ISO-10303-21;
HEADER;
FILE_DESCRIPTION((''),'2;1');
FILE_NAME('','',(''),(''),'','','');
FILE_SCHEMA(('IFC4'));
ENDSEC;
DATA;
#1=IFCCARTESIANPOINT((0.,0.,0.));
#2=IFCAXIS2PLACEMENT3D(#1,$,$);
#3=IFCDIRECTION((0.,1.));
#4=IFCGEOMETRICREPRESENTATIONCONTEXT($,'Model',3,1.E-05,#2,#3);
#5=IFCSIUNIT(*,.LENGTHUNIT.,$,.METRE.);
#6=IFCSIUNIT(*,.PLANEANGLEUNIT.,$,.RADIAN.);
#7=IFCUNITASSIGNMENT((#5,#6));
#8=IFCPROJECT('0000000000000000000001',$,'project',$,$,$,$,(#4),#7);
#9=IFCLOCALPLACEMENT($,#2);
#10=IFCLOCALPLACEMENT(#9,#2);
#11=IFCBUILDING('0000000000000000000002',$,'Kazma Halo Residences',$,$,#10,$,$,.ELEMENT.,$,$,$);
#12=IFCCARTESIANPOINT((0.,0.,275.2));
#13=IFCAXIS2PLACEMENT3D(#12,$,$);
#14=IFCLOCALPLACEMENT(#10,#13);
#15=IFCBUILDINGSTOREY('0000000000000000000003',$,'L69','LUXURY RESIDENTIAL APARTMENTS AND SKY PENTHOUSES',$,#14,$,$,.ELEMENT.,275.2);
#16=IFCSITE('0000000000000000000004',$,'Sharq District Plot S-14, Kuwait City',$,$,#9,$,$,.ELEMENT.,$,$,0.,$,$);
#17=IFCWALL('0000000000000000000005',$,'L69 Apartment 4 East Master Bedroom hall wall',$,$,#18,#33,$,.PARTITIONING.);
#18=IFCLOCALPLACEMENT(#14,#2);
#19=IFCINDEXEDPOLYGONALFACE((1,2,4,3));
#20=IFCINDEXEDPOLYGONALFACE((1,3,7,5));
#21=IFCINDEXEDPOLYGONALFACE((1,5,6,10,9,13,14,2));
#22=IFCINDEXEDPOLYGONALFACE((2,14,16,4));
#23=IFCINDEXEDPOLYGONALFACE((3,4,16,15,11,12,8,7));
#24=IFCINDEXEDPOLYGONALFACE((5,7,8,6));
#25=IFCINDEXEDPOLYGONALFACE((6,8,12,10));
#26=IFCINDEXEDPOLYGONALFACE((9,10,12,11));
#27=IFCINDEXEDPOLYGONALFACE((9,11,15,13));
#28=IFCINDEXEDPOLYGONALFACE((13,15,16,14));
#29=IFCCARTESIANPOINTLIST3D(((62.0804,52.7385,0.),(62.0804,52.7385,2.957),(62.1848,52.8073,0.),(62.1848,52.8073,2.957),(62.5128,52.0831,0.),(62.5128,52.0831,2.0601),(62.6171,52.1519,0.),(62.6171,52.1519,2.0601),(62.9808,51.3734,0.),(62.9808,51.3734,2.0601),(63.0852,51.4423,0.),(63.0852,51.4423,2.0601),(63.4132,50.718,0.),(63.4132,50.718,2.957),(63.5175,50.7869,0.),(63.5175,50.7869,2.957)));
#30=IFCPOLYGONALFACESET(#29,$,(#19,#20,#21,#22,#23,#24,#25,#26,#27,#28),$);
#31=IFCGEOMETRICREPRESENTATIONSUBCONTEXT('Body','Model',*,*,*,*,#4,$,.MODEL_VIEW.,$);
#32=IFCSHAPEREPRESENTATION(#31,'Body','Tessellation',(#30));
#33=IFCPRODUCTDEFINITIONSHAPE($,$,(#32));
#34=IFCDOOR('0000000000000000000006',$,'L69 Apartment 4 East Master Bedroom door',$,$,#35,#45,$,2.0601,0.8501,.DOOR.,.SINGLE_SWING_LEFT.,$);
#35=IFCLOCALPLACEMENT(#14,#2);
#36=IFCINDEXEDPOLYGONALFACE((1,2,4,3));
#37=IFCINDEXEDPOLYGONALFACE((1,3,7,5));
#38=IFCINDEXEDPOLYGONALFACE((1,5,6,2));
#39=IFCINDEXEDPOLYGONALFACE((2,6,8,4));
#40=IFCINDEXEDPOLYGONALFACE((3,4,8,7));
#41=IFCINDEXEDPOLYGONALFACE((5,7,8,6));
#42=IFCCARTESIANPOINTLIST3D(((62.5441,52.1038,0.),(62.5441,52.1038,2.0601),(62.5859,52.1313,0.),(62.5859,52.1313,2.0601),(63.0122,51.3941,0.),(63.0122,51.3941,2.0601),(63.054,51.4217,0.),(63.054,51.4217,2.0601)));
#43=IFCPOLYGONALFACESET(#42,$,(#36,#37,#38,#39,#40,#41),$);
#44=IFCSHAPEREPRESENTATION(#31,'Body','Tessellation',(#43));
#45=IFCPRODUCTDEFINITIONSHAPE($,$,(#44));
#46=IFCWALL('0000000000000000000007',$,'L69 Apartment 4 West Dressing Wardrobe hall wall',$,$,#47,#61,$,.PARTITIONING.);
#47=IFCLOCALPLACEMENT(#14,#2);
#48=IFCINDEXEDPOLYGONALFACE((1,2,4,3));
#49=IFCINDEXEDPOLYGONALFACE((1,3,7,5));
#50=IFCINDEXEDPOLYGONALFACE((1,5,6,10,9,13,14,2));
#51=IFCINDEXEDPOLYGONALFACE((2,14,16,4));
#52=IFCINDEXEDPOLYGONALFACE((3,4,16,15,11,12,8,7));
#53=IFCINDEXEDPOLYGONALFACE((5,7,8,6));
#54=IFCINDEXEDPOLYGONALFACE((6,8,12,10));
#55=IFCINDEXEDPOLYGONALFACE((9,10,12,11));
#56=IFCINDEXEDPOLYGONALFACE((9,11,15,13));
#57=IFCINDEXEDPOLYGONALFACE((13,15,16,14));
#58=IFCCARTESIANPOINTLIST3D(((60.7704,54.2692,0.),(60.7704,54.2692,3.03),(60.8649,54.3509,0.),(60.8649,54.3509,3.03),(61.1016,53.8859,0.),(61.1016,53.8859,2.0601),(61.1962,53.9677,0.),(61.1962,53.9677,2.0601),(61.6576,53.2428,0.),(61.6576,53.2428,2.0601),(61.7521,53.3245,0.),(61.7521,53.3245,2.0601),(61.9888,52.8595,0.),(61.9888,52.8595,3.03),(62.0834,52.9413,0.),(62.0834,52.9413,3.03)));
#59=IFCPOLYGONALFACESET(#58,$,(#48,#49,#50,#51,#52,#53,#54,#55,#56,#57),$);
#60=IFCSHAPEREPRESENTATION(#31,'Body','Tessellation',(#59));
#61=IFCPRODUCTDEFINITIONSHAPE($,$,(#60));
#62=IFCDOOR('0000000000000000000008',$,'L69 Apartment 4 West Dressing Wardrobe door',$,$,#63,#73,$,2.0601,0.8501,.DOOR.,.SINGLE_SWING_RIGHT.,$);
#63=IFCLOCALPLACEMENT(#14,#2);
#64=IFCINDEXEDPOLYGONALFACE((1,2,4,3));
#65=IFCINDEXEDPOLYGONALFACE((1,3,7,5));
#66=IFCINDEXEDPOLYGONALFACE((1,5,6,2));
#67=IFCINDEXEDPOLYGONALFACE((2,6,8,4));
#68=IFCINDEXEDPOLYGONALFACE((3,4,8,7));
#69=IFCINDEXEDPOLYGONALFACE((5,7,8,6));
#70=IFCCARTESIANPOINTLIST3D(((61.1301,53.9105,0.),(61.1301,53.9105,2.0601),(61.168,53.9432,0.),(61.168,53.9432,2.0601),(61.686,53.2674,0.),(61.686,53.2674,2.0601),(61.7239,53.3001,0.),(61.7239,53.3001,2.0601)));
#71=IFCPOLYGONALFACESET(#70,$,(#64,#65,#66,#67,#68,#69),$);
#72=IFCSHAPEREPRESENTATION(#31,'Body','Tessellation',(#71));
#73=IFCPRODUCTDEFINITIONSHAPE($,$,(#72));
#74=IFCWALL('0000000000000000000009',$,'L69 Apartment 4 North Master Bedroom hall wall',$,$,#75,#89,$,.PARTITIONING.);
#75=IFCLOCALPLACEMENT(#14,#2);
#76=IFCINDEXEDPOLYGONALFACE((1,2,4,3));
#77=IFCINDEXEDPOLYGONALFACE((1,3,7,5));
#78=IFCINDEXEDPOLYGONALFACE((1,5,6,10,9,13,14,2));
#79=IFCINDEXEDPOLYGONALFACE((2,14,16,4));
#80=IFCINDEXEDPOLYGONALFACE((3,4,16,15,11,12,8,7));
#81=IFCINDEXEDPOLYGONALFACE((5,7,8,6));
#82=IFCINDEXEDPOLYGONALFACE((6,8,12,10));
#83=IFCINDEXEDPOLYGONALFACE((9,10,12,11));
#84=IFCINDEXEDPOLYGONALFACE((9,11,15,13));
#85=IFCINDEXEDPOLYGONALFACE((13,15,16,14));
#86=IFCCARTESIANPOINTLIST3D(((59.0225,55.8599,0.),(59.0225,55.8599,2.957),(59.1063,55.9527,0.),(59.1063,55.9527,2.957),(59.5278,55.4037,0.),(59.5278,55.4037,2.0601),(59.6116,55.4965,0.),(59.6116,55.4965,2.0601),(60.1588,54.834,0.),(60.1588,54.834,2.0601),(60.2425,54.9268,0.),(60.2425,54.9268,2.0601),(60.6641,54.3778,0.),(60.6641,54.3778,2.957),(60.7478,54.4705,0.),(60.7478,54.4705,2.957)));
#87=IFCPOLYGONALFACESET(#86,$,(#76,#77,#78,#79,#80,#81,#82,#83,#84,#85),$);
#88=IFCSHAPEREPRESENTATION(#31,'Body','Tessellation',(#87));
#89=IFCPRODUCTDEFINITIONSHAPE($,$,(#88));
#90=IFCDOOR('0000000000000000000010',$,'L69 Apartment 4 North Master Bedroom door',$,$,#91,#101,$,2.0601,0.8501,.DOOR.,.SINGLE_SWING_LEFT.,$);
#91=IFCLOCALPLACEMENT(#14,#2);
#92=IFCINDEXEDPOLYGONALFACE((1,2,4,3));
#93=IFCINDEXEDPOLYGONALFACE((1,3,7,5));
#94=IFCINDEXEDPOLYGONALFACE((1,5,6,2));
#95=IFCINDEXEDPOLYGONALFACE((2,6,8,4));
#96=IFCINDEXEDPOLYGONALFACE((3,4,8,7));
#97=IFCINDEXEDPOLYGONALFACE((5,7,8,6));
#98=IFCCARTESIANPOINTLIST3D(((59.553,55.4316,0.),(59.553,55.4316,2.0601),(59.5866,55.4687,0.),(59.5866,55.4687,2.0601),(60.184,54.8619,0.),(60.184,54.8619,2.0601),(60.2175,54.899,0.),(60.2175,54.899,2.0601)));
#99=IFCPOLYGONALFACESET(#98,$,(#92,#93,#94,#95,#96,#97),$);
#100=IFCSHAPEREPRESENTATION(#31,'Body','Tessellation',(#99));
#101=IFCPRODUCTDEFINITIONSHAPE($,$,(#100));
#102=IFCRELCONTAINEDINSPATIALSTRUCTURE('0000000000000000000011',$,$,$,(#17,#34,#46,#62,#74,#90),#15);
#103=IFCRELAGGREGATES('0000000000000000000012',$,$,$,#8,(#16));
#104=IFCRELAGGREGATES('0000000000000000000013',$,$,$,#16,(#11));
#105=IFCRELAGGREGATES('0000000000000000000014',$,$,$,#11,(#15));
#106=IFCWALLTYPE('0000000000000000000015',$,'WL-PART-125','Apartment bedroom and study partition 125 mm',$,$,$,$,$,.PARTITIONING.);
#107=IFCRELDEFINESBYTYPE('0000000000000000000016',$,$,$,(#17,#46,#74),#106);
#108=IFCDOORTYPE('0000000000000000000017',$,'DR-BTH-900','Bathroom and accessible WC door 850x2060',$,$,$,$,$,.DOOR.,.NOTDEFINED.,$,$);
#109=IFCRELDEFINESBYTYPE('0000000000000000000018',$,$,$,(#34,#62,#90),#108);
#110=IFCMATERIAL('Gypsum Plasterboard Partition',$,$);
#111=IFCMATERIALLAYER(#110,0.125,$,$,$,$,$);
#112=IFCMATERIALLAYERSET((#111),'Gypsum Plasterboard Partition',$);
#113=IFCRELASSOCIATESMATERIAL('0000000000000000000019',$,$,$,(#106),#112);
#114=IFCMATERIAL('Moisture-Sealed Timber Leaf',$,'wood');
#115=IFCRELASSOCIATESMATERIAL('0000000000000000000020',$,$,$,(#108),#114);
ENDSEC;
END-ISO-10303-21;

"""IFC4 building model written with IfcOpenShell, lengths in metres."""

from ifc_helpers import new_model, si_unit, direction, frame, frame_2d, origin, place, context, subcontext, project, spatial, rectangle, extrude, material, layer, layer_set, type_object, element, fill, save


model = new_model("IFC4")

# Units and contexts
model_context = context("Model", 3, precision=1e-05, world=origin(), true_north=direction((0.0, 1.0)))
body_context = subcontext(model_context, "Body", "Model", "MODEL_VIEW")
ifc_project = project(units=[si_unit("LENGTHUNIT", "METRE"), si_unit("PLANEANGLEUNIT", "RADIAN")], contexts=[model_context])

# Site, building, storey
site_placement = place(None, origin())
site = spatial("IfcSite", under=ifc_project, at=site_placement, Name="Sharq District Plot S-14, Kuwait City", CompositionType="ELEMENT", RefElevation=0.0)
building_placement = place(site_placement, origin())
building = spatial("IfcBuilding", under=site, at=building_placement, Name="Kazma Halo Residences", CompositionType="ELEMENT")
storey_placement = place(building_placement, frame((0.0, 0.0, 275.2)))
storey = spatial("IfcBuildingStorey", under=building, at=storey_placement, Name="L69", Description="LUXURY RESIDENTIAL APARTMENTS AND SKY PENTHOUSES", CompositionType="ELEMENT", Elevation=275.2)

# Shared definitions
ifc_material_1 = material(Name="Gypsum Plasterboard Partition")
ifc_layer_1 = layer(ifc_material_1, 0.125)
ifc_layer_set_1 = layer_set([ifc_layer_1], Name="Gypsum Plasterboard Partition")
wall_type_1 = type_object("IfcWallType", Name="WL-PART-125", Description="Apartment bedroom and study partition 125 mm", PredefinedType="PARTITIONING", material=ifc_layer_set_1)

# Shared definitions
ifc_material_2 = material(Name="Moisture-Sealed Timber Leaf", Category="wood")
door_type_1 = type_object("IfcDoorType", Name="DR-BTH-900", Description="Bathroom and accessible WC door 850x2060", OperationType="NOTDEFINED", PredefinedType="DOOR", material=ifc_material_2)

# Walls, openings, doors
wall_1_placement = place(storey_placement, frame((63.4653, 50.7524, 0.0), z_axis=(0.0, 0.0, 1.0), x_axis=(-0.55062, 0.834756, 0.0)))
wall_1 = element("IfcWall", 1, at=wall_1_placement, inside=storey, type_object=wall_type_1, Name="L69 Apartment 4 East Master Bedroom hall wall", PredefinedType="PARTITIONING", context=body_context, shape_type="SweptSolid", body=[
    extrude(rectangle(XDim=2.4204, YDim=0.125, at=frame_2d((1.2102, 0.0))), origin(), (0.0, 0.0, 1.0), 2.957),
])
opening_1_placement = place(wall_1_placement, frame((0.7852, 0.0, 0.0)))
opening_1 = element("IfcOpeningElement", 2, at=opening_1_placement, cuts=wall_1, PredefinedType="OPENING", context=body_context, shape_type="SweptSolid", body=[
    extrude(rectangle(XDim=0.8501, YDim=2.0601, at=frame_2d((0.425, 1.03))), frame((0.0, 0.0725, 0.0), z_axis=(0.0, -1.0, 0.0), x_axis=(1.0, 0.0, 0.0)), (0.0, 0.0, 1.0), 0.145),
])
door_1_placement = place(opening_1_placement, origin())
door_1 = element("IfcDoor", 3, at=door_1_placement, inside=storey, type_object=door_type_1, Name="L69 Apartment 4 East Master Bedroom door", OperationType="SINGLE_SWING_LEFT", OverallHeight=2.0601, OverallWidth=0.8501, PredefinedType="DOOR", context=body_context, shape_type="SweptSolid", body=[
    extrude(rectangle(XDim=0.8501, YDim=2.0601, at=frame_2d((0.425, 1.03))), frame((0.0, 0.0249, 0.0), z_axis=(0.0, -1.0, 0.0), x_axis=(1.0, 0.0, 0.0)), (0.0, 0.0, 1.0), 0.05),
])
fill(opening_1, door_1)
wall_2_placement = place(storey_placement, frame((62.0361, 52.9004, 0.0), z_axis=(0.0, 0.0, 1.0), x_axis=(-0.653947, 0.75654, 0.0)))
wall_2 = element("IfcWall", 4, at=wall_2_placement, inside=storey, type_object=wall_type_1, Name="L69 Apartment 4 West Dressing Wardrobe hall wall", PredefinedType="PARTITIONING", context=body_context, shape_type="SweptSolid", body=[
    extrude(rectangle(XDim=1.8633, YDim=0.125, at=frame_2d((0.9316, 0.0))), origin(), (0.0, 0.0, 1.0), 3.03),
])
opening_2_placement = place(wall_2_placement, frame((0.5066, 0.0, 0.0)))
opening_2 = element("IfcOpeningElement", 5, at=opening_2_placement, cuts=wall_2, PredefinedType="OPENING", context=body_context, shape_type="SweptSolid", body=[
    extrude(rectangle(XDim=0.8501, YDim=2.0601, at=frame_2d((0.425, 1.03))), frame((0.0, 0.0725, 0.0), z_axis=(0.0, -1.0, 0.0), x_axis=(1.0, 0.0, 0.0)), (0.0, 0.0, 1.0), 0.145),
])
door_2_placement = place(opening_2_placement, origin())
door_2 = element("IfcDoor", 6, at=door_2_placement, inside=storey, type_object=door_type_1, Name="L69 Apartment 4 West Dressing Wardrobe door", OperationType="SINGLE_SWING_RIGHT", OverallHeight=2.0601, OverallWidth=0.8501, PredefinedType="DOOR", context=body_context, shape_type="SweptSolid", body=[
    extrude(rectangle(XDim=0.8501, YDim=2.0601, at=frame_2d((0.425, 1.03))), frame((0.0, 0.0249, 0.0), z_axis=(0.0, -1.0, 0.0), x_axis=(1.0, 0.0, 0.0)), (0.0, 0.0, 1.0), 0.05),
])
fill(opening_2, door_2)
wall_3_placement = place(storey_placement, frame((60.7061, 54.4241, 0.0), z_axis=(0.0, 0.0, 1.0), x_axis=(-0.742228, 0.670147, 0.0)))
wall_3 = element("IfcWall", 7, at=wall_3_placement, inside=storey, type_object=wall_type_1, Name="L69 Apartment 4 North Master Bedroom hall wall", PredefinedType="PARTITIONING", context=body_context, shape_type="SweptSolid", body=[
    extrude(rectangle(XDim=2.2117, YDim=0.125, at=frame_2d((1.106, 0.0))), origin(), (0.0, 0.0, 1.0), 2.957),
])
opening_3_placement = place(wall_3_placement, frame((0.6809, 0.0, 0.0)))
opening_3 = element("IfcOpeningElement", 8, at=opening_3_placement, cuts=wall_3, PredefinedType="OPENING", context=body_context, shape_type="SweptSolid", body=[
    extrude(rectangle(XDim=0.8501, YDim=2.0601, at=frame_2d((0.425, 1.03))), frame((0.0, 0.0725, 0.0), z_axis=(0.0, -1.0, 0.0), x_axis=(1.0, 0.0, 0.0)), (0.0, 0.0, 1.0), 0.145),
])
door_3_placement = place(opening_3_placement, origin())
door_3 = element("IfcDoor", 9, at=door_3_placement, inside=storey, type_object=door_type_1, Name="L69 Apartment 4 North Master Bedroom door", OperationType="SINGLE_SWING_LEFT", OverallHeight=2.0601, OverallWidth=0.8501, PredefinedType="DOOR", context=body_context, shape_type="SweptSolid", body=[
    extrude(rectangle(XDim=0.8501, YDim=2.0601, at=frame_2d((0.425, 1.03))), frame((0.0, 0.0249, 0.0), z_axis=(0.0, -1.0, 0.0), x_axis=(1.0, 0.0, 0.0)), (0.0, 0.0, 1.0), 0.05),
])
fill(opening_3, door_3)

save(model, "model.ifc")
